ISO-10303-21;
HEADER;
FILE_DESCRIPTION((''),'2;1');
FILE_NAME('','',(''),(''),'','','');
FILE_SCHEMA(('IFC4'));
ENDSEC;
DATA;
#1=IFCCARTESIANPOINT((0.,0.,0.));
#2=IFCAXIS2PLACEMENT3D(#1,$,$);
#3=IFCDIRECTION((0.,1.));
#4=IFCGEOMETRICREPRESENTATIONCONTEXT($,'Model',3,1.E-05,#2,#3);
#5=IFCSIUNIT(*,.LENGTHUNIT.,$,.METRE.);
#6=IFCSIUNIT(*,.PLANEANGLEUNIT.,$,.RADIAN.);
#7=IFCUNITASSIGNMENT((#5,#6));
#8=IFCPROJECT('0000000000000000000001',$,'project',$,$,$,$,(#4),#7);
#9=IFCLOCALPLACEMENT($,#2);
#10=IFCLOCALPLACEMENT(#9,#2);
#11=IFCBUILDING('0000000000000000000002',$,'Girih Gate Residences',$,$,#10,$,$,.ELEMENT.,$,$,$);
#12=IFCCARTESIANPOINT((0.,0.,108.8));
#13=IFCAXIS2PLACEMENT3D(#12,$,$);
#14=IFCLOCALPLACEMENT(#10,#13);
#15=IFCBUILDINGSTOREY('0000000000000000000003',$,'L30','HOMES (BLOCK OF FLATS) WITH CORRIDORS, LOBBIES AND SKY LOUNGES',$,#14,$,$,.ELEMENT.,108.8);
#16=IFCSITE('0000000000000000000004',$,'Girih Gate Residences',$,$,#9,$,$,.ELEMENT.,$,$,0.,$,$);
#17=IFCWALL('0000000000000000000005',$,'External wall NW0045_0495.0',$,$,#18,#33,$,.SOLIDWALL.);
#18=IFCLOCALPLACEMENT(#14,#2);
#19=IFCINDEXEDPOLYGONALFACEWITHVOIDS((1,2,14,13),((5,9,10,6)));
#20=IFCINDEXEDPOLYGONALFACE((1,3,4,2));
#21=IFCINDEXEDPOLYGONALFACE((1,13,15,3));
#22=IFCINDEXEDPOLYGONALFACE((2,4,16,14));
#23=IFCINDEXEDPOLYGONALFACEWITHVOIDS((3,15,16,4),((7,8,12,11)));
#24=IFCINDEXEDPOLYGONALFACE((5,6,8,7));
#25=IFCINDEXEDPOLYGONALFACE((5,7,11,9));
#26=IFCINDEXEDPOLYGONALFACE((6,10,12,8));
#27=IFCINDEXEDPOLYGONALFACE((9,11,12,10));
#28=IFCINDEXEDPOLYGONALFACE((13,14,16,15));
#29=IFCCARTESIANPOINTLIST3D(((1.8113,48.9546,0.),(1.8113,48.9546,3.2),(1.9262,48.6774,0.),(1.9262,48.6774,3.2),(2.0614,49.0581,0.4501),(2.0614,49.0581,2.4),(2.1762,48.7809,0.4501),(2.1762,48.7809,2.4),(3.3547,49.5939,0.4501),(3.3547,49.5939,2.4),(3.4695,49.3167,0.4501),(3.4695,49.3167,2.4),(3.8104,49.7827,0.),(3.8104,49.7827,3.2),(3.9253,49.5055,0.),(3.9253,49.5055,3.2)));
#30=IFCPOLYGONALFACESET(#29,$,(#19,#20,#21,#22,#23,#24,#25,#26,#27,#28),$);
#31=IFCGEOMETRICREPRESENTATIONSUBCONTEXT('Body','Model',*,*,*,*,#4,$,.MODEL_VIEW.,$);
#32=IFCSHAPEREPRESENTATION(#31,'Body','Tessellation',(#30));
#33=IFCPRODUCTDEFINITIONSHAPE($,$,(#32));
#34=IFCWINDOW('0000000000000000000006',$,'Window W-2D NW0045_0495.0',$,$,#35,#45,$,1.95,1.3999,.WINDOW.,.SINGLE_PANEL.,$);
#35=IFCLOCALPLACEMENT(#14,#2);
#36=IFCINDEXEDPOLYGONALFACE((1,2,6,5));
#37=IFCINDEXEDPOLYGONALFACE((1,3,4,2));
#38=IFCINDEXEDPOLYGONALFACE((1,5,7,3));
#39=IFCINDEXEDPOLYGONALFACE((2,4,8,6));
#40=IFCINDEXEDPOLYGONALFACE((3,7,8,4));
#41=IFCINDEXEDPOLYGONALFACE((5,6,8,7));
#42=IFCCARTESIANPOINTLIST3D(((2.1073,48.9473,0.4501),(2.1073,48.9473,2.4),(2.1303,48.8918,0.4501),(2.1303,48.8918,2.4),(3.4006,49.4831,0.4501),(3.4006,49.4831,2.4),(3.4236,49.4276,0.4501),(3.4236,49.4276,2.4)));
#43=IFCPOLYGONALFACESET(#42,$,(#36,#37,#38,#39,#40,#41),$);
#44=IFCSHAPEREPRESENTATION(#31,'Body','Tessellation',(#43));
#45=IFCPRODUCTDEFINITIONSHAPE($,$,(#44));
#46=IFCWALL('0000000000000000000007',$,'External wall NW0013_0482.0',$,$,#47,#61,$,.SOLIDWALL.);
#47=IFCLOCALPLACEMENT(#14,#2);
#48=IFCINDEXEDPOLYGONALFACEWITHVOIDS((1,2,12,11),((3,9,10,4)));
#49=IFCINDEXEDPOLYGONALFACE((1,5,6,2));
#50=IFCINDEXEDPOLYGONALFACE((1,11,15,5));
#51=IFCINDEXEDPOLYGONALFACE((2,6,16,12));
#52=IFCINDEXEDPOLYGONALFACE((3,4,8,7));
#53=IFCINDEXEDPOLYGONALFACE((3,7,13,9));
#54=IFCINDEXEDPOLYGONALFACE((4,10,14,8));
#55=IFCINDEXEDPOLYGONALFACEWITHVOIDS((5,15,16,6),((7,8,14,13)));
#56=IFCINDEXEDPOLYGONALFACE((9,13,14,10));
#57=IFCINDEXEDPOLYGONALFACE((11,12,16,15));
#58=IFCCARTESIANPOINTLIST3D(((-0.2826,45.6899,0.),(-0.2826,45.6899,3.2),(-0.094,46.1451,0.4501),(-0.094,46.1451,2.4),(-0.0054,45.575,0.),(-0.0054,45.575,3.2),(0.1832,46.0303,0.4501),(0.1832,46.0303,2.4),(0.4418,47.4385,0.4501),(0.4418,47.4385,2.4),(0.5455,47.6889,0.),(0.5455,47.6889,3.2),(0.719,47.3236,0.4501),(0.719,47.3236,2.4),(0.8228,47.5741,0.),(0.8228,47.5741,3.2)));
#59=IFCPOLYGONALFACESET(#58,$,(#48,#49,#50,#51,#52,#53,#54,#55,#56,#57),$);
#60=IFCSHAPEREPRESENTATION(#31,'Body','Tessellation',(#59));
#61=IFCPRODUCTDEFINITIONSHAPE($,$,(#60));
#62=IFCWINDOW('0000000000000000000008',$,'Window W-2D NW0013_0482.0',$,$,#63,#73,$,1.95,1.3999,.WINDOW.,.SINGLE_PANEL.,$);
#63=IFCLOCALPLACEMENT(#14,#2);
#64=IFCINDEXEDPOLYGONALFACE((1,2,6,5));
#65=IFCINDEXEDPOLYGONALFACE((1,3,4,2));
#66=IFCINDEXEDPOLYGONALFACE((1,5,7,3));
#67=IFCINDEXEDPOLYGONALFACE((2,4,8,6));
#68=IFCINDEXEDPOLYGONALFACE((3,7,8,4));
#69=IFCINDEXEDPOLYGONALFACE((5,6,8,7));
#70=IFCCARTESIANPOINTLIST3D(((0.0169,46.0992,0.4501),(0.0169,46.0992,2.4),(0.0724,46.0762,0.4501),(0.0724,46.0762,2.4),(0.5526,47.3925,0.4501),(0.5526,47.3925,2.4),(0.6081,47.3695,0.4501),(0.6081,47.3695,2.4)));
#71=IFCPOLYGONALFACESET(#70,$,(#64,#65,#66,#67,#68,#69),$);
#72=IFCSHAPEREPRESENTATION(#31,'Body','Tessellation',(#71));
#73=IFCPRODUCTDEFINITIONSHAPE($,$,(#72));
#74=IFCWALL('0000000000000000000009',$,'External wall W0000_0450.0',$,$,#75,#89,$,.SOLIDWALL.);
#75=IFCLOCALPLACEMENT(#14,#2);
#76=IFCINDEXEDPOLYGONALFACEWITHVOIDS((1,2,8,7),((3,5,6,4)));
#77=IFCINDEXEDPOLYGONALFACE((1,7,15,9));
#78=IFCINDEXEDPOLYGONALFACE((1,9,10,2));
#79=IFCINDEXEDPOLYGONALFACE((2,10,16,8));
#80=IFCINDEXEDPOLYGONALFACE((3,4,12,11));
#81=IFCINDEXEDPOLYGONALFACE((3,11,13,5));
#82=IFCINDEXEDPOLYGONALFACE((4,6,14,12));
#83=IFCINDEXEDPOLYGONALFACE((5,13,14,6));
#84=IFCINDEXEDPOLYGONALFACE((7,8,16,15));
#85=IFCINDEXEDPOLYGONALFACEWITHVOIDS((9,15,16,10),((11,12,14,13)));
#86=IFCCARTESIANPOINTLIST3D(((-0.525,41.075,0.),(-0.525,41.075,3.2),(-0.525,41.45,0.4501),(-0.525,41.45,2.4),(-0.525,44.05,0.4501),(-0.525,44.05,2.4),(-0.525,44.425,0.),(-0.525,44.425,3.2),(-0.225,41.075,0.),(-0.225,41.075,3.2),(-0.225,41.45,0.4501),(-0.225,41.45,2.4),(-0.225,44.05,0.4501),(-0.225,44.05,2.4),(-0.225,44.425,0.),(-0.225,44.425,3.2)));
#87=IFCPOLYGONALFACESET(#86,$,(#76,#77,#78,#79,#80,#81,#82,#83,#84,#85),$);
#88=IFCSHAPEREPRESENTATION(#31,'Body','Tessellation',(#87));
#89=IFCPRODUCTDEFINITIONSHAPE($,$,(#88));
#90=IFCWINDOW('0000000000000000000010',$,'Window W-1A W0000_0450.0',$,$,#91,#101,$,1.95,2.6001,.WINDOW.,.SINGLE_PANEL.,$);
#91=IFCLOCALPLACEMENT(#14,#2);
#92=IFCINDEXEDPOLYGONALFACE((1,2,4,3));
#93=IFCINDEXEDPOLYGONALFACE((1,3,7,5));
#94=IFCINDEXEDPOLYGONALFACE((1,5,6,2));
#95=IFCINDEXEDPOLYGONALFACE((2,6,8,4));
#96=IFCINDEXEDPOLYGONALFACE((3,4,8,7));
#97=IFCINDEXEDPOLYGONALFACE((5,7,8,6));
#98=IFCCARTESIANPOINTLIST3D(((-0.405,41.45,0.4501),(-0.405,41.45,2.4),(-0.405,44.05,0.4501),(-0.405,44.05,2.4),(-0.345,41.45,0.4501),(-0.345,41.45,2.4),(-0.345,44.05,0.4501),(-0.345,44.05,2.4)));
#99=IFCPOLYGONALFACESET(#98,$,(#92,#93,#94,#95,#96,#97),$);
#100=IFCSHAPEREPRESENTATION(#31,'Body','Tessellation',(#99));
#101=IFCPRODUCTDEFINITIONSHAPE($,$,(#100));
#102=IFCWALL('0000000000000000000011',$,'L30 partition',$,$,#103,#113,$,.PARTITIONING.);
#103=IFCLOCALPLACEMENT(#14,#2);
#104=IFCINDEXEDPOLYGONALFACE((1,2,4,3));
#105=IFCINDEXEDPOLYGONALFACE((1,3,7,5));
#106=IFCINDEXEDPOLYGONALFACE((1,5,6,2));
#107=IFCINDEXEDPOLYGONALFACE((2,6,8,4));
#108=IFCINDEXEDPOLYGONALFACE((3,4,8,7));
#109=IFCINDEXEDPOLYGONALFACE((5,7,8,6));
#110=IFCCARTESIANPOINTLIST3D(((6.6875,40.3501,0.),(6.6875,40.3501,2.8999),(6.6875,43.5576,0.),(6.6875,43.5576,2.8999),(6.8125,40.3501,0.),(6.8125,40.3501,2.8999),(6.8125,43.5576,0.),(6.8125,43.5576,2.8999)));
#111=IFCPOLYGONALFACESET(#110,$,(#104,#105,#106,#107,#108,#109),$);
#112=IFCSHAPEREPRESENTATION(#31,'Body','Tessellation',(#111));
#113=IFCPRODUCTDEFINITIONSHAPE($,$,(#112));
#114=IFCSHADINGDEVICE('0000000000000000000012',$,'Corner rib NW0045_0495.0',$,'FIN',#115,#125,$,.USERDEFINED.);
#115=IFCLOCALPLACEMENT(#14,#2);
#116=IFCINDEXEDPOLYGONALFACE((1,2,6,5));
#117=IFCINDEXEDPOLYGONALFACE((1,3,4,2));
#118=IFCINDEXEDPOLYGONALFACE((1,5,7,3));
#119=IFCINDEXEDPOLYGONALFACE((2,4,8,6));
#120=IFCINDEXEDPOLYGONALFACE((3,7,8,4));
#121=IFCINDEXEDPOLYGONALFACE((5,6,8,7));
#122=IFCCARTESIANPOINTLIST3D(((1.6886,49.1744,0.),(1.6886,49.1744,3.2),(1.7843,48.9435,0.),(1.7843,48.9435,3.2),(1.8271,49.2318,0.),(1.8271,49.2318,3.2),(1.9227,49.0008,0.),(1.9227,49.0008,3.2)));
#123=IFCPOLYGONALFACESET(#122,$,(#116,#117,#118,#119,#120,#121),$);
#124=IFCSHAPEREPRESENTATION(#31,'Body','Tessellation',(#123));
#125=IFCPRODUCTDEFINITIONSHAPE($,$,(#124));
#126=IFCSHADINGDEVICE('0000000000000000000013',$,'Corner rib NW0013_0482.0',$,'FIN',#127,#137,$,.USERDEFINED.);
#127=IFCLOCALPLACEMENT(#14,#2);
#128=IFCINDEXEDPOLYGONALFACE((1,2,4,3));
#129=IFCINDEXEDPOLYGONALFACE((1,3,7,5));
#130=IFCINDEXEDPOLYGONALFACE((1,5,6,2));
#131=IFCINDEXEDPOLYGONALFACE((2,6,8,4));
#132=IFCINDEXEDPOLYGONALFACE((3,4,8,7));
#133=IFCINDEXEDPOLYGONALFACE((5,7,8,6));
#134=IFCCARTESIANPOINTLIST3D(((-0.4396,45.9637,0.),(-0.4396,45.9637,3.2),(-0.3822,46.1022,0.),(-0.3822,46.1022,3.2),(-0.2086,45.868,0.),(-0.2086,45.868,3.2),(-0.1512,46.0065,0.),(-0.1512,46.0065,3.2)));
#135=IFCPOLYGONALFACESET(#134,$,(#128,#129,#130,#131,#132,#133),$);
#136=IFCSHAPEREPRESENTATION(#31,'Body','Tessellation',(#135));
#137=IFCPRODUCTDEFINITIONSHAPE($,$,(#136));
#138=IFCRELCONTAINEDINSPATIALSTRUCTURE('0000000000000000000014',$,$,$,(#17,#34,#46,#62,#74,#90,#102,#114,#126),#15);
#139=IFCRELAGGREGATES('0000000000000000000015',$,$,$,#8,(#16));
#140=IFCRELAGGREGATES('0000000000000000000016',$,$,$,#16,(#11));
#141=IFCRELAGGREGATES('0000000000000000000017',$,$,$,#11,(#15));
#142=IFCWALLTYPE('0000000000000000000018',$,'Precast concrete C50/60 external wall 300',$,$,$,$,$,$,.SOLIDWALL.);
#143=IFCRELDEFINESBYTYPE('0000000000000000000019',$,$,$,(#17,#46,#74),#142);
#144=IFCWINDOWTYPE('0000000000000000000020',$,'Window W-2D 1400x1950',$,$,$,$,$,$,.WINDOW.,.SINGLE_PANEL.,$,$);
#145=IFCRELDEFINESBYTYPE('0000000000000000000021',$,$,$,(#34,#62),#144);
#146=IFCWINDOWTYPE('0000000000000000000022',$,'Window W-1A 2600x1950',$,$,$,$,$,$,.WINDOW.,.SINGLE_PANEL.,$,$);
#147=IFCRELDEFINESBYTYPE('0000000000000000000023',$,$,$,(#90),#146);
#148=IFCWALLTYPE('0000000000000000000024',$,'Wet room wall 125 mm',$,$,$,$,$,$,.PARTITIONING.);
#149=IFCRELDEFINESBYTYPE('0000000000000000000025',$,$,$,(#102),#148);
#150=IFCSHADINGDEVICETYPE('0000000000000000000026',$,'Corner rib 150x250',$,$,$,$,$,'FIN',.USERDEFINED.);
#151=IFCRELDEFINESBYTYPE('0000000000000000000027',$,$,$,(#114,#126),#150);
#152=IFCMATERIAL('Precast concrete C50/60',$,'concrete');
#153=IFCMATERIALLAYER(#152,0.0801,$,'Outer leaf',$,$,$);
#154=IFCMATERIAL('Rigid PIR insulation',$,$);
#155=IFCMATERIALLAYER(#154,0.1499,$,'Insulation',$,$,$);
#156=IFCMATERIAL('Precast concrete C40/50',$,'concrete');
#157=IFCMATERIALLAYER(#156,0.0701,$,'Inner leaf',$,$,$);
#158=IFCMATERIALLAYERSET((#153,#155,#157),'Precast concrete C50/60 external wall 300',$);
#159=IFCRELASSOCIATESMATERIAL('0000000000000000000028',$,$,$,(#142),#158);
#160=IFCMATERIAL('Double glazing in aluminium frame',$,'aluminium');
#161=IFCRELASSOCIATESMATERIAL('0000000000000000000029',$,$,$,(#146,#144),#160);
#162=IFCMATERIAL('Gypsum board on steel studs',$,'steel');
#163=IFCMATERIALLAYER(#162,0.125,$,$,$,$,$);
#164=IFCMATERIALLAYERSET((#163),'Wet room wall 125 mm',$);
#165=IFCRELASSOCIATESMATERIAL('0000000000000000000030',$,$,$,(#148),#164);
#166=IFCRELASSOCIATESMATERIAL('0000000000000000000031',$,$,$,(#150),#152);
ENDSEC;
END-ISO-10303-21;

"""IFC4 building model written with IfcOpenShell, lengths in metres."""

from ifc_helpers import new_model, si_unit, direction, frame, frame_2d, origin, origin_2d, place, context, subcontext, project, spatial, rectangle, extrude, material, layer, layer_set, type_object, element, fill, save


model = new_model("IFC4")

# Units and contexts
model_context = context("Model", 3, precision=1e-05, world=origin(), true_north=direction((0.0, 1.0)))
body_context = subcontext(model_context, "Body", "Model", "MODEL_VIEW")
ifc_project = project(units=[si_unit("LENGTHUNIT", "METRE"), si_unit("PLANEANGLEUNIT", "RADIAN")], contexts=[model_context])

# Site, building, storey
site_placement = place(None, origin())
site = spatial("IfcSite", under=ifc_project, at=site_placement, Name="Girih Gate Residences", CompositionType="ELEMENT", RefElevation=0.0)
building_placement = place(site_placement, origin())
building = spatial("IfcBuilding", under=site, at=building_placement, Name="Girih Gate Residences", CompositionType="ELEMENT")
storey_placement = place(building_placement, frame((0.0, 0.0, 108.8)))
storey = spatial("IfcBuildingStorey", under=building, at=storey_placement, Name="L30", Description="HOMES (BLOCK OF FLATS) WITH CORRIDORS, LOBBIES AND SKY LOUNGES", CompositionType="ELEMENT", Elevation=108.8)

# Shared definitions
ifc_material_1 = material(Name="Gypsum board on steel studs", Category="steel")

# Walls, openings, windows
ifc_material_2 = material(Name="Precast concrete C50/60", Category="concrete")
ifc_layer_1 = layer(ifc_material_2, 0.0801, Name="Outer leaf")
ifc_material_3 = material(Name="Rigid PIR insulation")
ifc_layer_2 = layer(ifc_material_3, 0.1499, Name="Insulation")
ifc_material_4 = material(Name="Precast concrete C40/50", Category="concrete")
ifc_layer_3 = layer(ifc_material_4, 0.0701, Name="Inner leaf")
ifc_layer_set_1 = layer_set([ifc_layer_1, ifc_layer_2, ifc_layer_3], Name="Precast concrete C50/60 external wall 300")
wall_type_1 = type_object("IfcWallType", Name="Precast concrete C50/60 external wall 300", PredefinedType="SOLIDWALL", material=ifc_layer_set_1)
ifc_material_5 = material(Name="Double glazing in aluminium frame", Category="aluminium")
window_type_1 = type_object("IfcWindowType", Name="Window W-1A 2600x1950", PartitioningType="SINGLE_PANEL", PredefinedType="WINDOW", material=ifc_material_5)
wall_1_placement = place(storey_placement, frame((1.8687, 48.8159, 0.0), z_axis=(0.0, 0.0, 1.0), x_axis=(0.923863, 0.382724, 0.0)))
wall_1 = element("IfcWall", 1, at=wall_1_placement, inside=storey, type_object=wall_type_1, Name="External wall NW0045_0495.0", PredefinedType="SOLIDWALL", context=body_context, shape_type="SweptSolid", body=[
    extrude(rectangle(XDim=2.1638, YDim=0.3, at=frame_2d((1.082, 0.0))), origin(), (0.0, 0.0, 1.0), 3.2),
])
opening_1_placement = place(wall_1_placement, frame((0.2708, 0.0, 0.45)))
opening_1 = element("IfcOpeningElement", 2, at=opening_1_placement, cuts=wall_1, PredefinedType="OPENING", context=body_context, shape_type="SweptSolid", body=[
    extrude(rectangle(XDim=1.3999, YDim=1.95, at=frame_2d((0.7, 0.9751))), frame((0.0, 0.1599, 0.0), z_axis=(0.0, -1.0, 0.0), x_axis=(1.0, 0.0, 0.0)), (0.0, 0.0, 1.0), 0.3201),
])
window_type_2 = type_object("IfcWindowType", Name="Window W-2D 1400x1950", PartitioningType="SINGLE_PANEL", PredefinedType="WINDOW", material=ifc_material_5)
window_1_placement = place(opening_1_placement, origin())
window_1 = element("IfcWindow", 3, at=window_1_placement, inside=storey, type_object=window_type_2, Name="Window W-2D NW0045_0495.0", OverallHeight=1.95, OverallWidth=1.3999, PartitioningType="SINGLE_PANEL", PredefinedType="WINDOW", context=body_context, shape_type="SweptSolid", body=[
    extrude(rectangle(XDim=1.3999, YDim=1.95, at=frame_2d((0.7, 0.9751))), frame((0.0, 0.03, 0.0), z_axis=(0.0, -1.0, 0.0), x_axis=(1.0, 0.0, 0.0)), (0.0, 0.0, 1.0), 0.0601),
])
fill(opening_1, window_1)
wall_2_placement = place(storey_placement, frame((-0.144, 45.6323, 0.0), z_axis=(0.0, 0.0, 1.0), x_axis=(0.382724, 0.923863, 0.0)))
wall_2 = element("IfcWall", 4, at=wall_2_placement, inside=storey, type_object=wall_type_1, Name="External wall NW0013_0482.0", PredefinedType="SOLIDWALL", context=body_context, shape_type="SweptSolid", body=[
    extrude(rectangle(XDim=2.1638, YDim=0.3, at=frame_2d((1.082, 0.0))), origin(), (0.0, 0.0, 1.0), 3.2),
])
opening_2_placement = place(wall_2_placement, frame((0.4929, 0.0, 0.45)))
opening_2 = element("IfcOpeningElement", 5, at=opening_2_placement, cuts=wall_2, PredefinedType="OPENING", context=body_context, shape_type="SweptSolid", body=[
    extrude(rectangle(XDim=1.3999, YDim=1.95, at=frame_2d((0.7, 0.9751))), frame((0.0, 0.1599, 0.0), z_axis=(0.0, -1.0, 0.0), x_axis=(1.0, 0.0, 0.0)), (0.0, 0.0, 1.0), 0.3201),
])
window_2_placement = place(opening_2_placement, origin())
window_2 = element("IfcWindow", 6, at=window_2_placement, inside=storey, type_object=window_type_2, Name="Window W-2D NW0013_0482.0", OverallHeight=1.95, OverallWidth=1.3999, PartitioningType="SINGLE_PANEL", PredefinedType="WINDOW", context=body_context, shape_type="SweptSolid", body=[
    extrude(rectangle(XDim=1.3999, YDim=1.95, at=frame_2d((0.7, 0.9751))), frame((0.0, 0.03, 0.0), z_axis=(0.0, -1.0, 0.0), x_axis=(1.0, 0.0, 0.0)), (0.0, 0.0, 1.0), 0.0601),
])
fill(opening_2, window_2)
wall_3_placement = place(storey_placement, frame((-0.375, 41.075, 0.0), z_axis=(0.0, 0.0, 1.0), x_axis=(0.0, 1.0, 0.0)))
wall_3 = element("IfcWall", 7, at=wall_3_placement, inside=storey, type_object=wall_type_1, Name="External wall W0000_0450.0", PredefinedType="SOLIDWALL", context=body_context, shape_type="SweptSolid", body=[
    extrude(rectangle(XDim=3.3501, YDim=0.3, at=frame_2d((1.675, 0.0))), origin(), (0.0, 0.0, 1.0), 3.2),
])
opening_3_placement = place(wall_3_placement, frame((0.375, 0.0, 0.45)))
opening_3 = element("IfcOpeningElement", 8, at=opening_3_placement, cuts=wall_3, PredefinedType="OPENING", context=body_context, shape_type="SweptSolid", body=[
    extrude(rectangle(XDim=2.6001, YDim=1.95, at=frame_2d((1.3, 0.9751))), frame((0.0, 0.1599, 0.0), z_axis=(0.0, -1.0, 0.0), x_axis=(1.0, 0.0, 0.0)), (0.0, 0.0, 1.0), 0.3201),
])
window_3_placement = place(opening_3_placement, origin())
window_3 = element("IfcWindow", 9, at=window_3_placement, inside=storey, type_object=window_type_1, Name="Window W-1A W0000_0450.0", OverallHeight=1.95, OverallWidth=2.6001, PartitioningType="SINGLE_PANEL", PredefinedType="WINDOW", context=body_context, shape_type="SweptSolid", body=[
    extrude(rectangle(XDim=2.6001, YDim=1.95, at=frame_2d((1.3, 0.9751))), frame((0.0, 0.03, 0.0), z_axis=(0.0, -1.0, 0.0), x_axis=(1.0, 0.0, 0.0)), (0.0, 0.0, 1.0), 0.0601),
])
fill(opening_3, window_3)

# Wall
ifc_layer_4 = layer(ifc_material_1, 0.125)
ifc_layer_set_2 = layer_set([ifc_layer_4], Name="Wet room wall 125 mm")
wall_type_2 = type_object("IfcWallType", Name="Wet room wall 125 mm", PredefinedType="PARTITIONING", material=ifc_layer_set_2)
wall_4_placement = place(storey_placement, frame((6.75, 40.3501, 0.0), z_axis=(0.0, 0.0, 1.0), x_axis=(0.0, 1.0, 0.0)))
element("IfcWall", 10, at=wall_4_placement, inside=storey, type_object=wall_type_2, Name="L30 partition", PredefinedType="PARTITIONING", context=body_context, shape_type="SweptSolid", body=[
    extrude(rectangle(XDim=3.2075, YDim=0.125, at=frame_2d((1.6038, 0.0))), origin(), (0.0, 0.0, 1.0), 2.8999),
])

# Shading devices
shading_device_type = type_object("IfcShadingDeviceType", Name="Corner rib 150x250", ElementType="FIN", PredefinedType="USERDEFINED", material=ifc_material_2)
for number, where, z_axis, x_axis, name in (
    (11, (1.8057, 49.0876, 0.0), (0.0, 0.0, 1.0), (-0.92388, -0.382683, 0.0), "Corner rib NW0045_0495.0"),
    (12, (-0.2954, 45.9851, 0.0), (0.0, 0.0, 1.0), (-0.382683, -0.92388, 0.0), "Corner rib NW0013_0482.0"),
):
    element("IfcShadingDevice", number, at=place(storey_placement, frame(where, z_axis=z_axis, x_axis=x_axis)), inside=storey, type_object=shading_device_type, Name=name, ObjectType="FIN", PredefinedType="USERDEFINED", context=body_context, shape_type="SweptSolid", body=[
        extrude(rectangle(XDim=0.1499, YDim=0.25, at=origin_2d()), origin(), (0.0, 0.0, 1.0), 3.2),
    ])

save(model, "model.ifc")
